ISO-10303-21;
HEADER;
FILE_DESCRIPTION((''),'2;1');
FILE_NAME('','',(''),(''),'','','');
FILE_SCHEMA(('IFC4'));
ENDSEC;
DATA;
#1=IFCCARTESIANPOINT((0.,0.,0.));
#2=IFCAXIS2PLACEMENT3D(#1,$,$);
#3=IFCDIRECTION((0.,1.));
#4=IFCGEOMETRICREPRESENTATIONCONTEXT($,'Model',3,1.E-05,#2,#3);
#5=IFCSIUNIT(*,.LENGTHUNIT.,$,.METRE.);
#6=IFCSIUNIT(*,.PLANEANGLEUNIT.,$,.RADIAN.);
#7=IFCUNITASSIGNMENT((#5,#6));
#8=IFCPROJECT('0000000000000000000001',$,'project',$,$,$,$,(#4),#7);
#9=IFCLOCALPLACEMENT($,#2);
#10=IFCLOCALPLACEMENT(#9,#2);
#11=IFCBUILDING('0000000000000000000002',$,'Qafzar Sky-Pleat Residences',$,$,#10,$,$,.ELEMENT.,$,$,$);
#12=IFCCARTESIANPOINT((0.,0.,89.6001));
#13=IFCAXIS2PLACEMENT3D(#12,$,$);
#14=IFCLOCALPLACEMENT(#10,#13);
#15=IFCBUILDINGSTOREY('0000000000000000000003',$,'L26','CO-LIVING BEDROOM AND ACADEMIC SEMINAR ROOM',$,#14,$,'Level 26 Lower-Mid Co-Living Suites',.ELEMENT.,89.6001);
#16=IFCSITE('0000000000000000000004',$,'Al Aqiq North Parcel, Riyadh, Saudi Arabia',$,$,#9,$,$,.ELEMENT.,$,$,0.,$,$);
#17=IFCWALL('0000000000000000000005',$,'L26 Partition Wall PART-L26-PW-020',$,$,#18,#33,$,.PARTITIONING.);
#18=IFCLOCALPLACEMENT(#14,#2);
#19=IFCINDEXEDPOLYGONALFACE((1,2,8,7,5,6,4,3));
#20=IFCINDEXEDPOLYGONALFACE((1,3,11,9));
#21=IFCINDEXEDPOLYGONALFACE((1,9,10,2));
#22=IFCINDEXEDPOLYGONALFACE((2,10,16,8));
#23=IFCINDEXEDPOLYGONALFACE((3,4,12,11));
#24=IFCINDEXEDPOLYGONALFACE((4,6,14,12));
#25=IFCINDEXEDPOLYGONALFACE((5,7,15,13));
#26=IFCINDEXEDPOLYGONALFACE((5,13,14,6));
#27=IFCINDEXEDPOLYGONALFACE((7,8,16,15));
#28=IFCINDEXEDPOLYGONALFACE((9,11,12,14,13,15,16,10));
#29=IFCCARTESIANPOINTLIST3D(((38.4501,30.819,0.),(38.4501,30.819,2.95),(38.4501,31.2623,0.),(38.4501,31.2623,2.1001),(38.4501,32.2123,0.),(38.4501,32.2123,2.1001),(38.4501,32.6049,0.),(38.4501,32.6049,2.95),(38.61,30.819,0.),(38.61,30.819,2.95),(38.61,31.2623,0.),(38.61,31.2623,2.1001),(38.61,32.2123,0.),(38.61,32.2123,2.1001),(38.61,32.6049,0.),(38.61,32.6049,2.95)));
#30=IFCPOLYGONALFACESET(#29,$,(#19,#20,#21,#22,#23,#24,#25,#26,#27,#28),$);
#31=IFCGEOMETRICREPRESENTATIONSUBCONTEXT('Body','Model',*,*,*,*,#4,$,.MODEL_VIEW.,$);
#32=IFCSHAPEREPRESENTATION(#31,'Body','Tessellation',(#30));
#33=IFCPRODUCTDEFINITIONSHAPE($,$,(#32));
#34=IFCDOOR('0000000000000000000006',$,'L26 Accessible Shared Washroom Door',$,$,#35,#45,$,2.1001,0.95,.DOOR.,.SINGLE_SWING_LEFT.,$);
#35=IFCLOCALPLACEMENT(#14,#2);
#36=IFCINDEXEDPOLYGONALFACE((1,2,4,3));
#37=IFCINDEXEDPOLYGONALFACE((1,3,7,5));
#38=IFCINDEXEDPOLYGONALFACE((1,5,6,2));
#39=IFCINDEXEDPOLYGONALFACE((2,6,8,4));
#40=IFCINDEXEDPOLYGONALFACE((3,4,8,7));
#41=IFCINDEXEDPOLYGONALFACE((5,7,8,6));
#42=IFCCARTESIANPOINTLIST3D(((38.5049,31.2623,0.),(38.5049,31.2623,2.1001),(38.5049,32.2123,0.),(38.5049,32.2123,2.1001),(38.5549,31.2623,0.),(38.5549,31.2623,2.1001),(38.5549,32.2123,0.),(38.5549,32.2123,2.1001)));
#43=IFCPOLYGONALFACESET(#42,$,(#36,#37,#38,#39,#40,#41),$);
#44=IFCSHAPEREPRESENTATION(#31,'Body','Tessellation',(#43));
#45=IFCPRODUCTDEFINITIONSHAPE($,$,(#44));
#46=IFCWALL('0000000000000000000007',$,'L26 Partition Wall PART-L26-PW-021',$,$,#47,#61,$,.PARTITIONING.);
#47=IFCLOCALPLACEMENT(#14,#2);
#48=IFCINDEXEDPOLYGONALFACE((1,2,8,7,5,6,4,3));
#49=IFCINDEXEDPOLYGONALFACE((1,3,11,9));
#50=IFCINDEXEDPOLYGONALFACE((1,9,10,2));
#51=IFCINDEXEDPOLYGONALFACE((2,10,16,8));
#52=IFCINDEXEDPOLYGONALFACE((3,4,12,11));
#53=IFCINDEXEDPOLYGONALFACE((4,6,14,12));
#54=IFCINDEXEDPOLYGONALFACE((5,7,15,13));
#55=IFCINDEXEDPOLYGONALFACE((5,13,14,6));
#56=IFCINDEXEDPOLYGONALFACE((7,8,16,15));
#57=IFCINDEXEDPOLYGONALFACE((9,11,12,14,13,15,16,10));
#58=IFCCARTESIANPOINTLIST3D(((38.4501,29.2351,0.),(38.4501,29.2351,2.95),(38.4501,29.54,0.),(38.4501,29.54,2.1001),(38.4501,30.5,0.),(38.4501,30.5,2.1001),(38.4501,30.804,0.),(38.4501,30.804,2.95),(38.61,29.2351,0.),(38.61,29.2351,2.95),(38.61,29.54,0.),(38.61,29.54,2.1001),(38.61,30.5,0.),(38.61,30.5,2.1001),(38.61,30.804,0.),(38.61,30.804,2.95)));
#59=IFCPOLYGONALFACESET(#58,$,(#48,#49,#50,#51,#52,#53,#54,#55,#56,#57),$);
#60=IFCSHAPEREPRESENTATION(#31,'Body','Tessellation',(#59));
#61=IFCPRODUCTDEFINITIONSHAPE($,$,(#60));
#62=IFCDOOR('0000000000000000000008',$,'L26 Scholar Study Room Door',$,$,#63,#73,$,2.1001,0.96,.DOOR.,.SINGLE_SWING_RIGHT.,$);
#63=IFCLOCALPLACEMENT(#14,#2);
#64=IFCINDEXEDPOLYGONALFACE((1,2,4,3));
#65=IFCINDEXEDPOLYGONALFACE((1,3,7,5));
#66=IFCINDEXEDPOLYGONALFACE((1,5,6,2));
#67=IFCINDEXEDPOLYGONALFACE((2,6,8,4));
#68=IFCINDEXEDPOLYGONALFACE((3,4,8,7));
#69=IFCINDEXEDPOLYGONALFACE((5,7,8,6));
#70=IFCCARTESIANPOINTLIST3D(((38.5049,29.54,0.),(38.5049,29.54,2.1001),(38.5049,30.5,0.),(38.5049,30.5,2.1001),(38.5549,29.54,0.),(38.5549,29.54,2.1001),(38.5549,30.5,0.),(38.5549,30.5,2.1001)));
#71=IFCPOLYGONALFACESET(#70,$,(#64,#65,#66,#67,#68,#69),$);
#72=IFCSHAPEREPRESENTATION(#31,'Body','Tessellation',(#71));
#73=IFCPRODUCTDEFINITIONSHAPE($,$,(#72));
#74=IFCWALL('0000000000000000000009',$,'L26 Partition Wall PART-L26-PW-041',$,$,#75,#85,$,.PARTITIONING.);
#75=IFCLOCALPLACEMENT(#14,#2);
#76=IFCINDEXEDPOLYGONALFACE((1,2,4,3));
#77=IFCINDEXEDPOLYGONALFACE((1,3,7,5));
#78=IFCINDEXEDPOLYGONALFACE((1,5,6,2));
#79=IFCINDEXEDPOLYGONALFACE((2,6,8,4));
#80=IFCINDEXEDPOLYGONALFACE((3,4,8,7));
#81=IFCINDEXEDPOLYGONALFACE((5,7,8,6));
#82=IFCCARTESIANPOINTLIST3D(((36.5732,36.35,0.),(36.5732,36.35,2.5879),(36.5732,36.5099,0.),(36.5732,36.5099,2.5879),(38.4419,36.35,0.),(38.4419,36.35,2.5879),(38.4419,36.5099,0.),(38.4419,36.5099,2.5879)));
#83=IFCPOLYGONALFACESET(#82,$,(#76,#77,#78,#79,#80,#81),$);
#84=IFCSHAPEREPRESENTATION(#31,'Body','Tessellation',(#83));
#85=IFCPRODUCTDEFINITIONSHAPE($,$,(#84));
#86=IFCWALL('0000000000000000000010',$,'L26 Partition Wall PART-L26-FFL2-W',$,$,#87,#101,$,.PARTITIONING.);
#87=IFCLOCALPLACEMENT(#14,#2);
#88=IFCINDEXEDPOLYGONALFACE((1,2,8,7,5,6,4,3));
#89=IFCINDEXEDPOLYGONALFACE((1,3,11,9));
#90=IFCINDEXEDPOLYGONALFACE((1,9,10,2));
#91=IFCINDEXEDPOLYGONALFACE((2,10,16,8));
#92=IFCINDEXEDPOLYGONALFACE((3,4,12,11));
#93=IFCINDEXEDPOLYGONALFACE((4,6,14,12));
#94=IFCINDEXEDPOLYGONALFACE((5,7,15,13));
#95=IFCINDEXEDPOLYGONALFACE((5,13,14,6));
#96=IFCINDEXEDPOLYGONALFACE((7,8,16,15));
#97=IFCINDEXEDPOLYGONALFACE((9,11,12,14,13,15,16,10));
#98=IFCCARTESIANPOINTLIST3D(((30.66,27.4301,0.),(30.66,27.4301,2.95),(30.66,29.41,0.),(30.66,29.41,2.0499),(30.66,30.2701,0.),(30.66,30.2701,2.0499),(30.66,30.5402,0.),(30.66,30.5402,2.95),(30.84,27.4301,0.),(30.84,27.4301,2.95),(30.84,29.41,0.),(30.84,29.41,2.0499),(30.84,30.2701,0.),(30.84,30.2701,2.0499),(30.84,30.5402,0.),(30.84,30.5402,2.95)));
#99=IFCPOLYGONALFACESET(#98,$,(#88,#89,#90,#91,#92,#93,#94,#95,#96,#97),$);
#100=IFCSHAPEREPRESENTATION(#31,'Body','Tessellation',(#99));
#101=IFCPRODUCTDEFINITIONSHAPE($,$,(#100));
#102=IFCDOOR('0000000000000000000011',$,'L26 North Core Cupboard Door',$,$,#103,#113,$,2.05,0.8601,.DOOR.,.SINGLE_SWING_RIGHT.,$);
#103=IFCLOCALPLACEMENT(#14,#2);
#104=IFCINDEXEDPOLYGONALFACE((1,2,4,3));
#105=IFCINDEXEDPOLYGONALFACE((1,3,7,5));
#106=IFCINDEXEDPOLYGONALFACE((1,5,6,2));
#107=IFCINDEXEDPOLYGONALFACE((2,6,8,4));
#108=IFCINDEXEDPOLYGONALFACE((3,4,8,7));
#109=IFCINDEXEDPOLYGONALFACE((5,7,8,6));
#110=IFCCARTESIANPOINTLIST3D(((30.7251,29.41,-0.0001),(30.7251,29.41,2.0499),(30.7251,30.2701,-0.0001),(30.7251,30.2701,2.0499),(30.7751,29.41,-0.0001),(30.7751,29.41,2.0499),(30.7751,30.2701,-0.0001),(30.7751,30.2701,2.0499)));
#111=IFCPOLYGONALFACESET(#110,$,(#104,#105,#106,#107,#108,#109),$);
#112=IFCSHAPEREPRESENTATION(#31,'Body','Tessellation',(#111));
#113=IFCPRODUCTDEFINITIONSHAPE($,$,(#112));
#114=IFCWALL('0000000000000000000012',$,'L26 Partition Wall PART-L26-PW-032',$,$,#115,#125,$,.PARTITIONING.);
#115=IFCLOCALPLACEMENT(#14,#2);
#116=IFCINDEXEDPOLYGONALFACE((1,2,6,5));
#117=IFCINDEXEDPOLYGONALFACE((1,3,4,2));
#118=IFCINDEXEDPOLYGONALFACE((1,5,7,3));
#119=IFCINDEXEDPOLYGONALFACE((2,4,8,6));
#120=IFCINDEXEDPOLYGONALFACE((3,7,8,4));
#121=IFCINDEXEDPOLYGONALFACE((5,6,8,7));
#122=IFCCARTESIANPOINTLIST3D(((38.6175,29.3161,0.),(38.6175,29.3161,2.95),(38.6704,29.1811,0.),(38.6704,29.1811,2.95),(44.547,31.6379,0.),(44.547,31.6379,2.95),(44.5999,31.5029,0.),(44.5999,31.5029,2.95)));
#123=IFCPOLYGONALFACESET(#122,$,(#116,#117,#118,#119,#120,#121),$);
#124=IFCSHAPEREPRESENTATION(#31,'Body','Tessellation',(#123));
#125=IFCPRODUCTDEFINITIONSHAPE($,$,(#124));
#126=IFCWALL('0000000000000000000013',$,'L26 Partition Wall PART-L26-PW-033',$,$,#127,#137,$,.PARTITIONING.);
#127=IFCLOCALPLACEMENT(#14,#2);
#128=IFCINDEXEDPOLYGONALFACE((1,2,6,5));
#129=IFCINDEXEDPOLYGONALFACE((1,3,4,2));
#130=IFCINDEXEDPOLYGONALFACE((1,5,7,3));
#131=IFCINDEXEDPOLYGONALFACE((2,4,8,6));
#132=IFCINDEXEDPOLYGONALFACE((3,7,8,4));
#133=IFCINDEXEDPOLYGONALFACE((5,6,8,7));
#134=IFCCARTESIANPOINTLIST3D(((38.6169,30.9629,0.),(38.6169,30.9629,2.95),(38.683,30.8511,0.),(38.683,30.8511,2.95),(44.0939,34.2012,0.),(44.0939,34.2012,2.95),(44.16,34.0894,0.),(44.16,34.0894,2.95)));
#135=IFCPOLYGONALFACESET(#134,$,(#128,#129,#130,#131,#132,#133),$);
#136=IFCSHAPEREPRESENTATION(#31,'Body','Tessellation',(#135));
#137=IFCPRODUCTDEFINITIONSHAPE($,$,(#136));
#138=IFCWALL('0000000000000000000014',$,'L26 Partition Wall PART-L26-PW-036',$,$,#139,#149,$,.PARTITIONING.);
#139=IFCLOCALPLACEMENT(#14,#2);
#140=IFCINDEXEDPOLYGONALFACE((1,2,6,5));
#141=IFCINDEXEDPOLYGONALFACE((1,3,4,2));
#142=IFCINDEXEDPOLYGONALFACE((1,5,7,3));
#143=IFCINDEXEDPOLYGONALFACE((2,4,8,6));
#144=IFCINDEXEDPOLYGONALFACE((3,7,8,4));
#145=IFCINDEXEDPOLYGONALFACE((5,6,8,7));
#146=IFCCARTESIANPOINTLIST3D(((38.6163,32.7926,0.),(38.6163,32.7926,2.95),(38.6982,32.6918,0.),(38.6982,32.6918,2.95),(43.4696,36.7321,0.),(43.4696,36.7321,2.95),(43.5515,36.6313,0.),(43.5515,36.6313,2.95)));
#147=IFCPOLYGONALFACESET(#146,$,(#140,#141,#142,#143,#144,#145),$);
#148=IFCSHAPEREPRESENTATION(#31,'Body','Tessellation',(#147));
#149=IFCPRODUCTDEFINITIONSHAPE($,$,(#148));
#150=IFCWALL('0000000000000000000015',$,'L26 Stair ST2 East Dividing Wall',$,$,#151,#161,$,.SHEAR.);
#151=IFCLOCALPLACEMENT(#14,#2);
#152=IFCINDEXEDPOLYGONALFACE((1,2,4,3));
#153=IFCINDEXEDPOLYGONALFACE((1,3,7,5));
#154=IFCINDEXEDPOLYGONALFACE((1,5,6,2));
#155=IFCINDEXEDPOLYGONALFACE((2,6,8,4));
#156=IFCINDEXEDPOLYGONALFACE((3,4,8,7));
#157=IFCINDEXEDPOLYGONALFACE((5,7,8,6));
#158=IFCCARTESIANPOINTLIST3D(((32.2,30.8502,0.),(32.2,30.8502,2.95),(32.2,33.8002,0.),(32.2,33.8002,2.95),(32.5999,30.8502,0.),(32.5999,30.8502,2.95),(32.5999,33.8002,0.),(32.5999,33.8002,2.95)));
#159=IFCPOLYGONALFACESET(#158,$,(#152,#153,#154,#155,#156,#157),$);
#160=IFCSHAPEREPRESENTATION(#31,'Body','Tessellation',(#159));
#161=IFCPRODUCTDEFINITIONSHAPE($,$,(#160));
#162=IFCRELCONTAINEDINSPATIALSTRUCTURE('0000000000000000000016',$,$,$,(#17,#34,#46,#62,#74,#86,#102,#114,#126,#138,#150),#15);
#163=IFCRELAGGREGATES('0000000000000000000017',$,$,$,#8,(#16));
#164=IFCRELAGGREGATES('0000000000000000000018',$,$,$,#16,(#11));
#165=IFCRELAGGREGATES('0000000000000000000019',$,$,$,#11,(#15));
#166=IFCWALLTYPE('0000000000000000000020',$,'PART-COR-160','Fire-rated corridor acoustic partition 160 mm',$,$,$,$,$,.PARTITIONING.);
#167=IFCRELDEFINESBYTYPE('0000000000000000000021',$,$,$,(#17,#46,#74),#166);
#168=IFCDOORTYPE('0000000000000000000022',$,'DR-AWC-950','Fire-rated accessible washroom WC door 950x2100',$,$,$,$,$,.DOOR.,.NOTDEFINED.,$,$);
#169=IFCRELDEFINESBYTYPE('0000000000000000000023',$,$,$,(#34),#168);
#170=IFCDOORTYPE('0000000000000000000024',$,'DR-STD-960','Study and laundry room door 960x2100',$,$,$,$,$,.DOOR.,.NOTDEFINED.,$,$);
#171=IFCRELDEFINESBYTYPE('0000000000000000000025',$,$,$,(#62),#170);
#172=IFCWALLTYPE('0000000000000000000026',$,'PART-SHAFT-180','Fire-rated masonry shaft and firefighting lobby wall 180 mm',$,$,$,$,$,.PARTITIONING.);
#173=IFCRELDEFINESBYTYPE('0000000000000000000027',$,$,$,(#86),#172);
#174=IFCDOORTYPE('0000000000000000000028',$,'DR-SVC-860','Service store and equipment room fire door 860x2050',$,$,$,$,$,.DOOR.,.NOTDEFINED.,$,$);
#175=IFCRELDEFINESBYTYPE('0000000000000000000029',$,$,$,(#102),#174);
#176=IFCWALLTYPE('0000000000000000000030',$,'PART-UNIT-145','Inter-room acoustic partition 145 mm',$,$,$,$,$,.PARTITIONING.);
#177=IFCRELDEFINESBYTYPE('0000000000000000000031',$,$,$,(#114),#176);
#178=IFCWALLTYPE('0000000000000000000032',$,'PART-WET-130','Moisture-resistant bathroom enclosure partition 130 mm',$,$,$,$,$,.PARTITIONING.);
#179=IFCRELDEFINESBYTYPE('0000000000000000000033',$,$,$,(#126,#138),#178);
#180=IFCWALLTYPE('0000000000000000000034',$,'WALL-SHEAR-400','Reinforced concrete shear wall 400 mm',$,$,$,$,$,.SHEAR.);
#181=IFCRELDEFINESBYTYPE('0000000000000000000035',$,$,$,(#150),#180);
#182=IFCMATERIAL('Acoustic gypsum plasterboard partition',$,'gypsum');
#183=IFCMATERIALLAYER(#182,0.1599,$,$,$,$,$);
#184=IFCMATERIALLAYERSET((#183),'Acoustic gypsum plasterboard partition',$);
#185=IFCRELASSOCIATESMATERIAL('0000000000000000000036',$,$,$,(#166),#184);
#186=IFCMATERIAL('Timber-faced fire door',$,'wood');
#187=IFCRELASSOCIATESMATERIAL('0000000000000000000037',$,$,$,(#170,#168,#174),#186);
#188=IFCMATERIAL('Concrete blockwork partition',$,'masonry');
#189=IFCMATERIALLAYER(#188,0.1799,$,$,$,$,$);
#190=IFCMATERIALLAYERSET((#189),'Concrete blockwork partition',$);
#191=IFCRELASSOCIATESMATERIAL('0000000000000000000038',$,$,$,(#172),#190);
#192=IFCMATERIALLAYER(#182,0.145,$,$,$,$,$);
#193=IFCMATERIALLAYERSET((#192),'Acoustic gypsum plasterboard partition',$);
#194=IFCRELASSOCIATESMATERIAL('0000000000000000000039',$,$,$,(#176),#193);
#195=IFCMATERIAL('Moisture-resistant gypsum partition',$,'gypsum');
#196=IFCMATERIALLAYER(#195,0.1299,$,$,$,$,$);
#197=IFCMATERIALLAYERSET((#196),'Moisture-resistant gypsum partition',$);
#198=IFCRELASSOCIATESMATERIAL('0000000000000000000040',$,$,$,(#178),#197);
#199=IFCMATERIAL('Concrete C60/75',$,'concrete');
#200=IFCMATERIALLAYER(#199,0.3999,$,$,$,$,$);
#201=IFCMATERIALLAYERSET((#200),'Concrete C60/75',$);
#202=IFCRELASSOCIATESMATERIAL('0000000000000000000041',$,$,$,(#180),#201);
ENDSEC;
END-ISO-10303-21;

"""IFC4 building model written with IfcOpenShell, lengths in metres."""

from ifc_helpers import new_model, si_unit, direction, frame, frame_2d, origin, place, context, subcontext, project, spatial, rectangle, extrude, source, transform, mapped, material, layer, layer_set, type_object, element, fill, save


model = new_model("IFC4")

# Units and contexts
model_context = context("Model", 3, precision=1e-05, world=origin(), true_north=direction((0.0, 1.0)))
body_context = subcontext(model_context, "Body", "Model", "MODEL_VIEW")
ifc_project = project(units=[si_unit("LENGTHUNIT", "METRE"), si_unit("PLANEANGLEUNIT", "RADIAN")], contexts=[model_context])

# Site, building, storey
site_placement = place(None, origin())
site = spatial("IfcSite", under=ifc_project, at=site_placement, Name="Al Aqiq North Parcel, Riyadh, Saudi Arabia", CompositionType="ELEMENT", RefElevation=0.0)
building_placement = place(site_placement, origin())
building = spatial("IfcBuilding", under=site, at=building_placement, Name="Qafzar Sky-Pleat Residences", CompositionType="ELEMENT")
storey_placement = place(building_placement, frame((0.0, 0.0, 89.6001)))
storey = spatial("IfcBuildingStorey", under=building, at=storey_placement, Name="L26", Description="CO-LIVING BEDROOM AND ACADEMIC SEMINAR ROOM", LongName="Level 26 Lower-Mid Co-Living Suites", CompositionType="ELEMENT", Elevation=89.6001)

# Walls, openings, doors
ifc_material_1 = material(Name="Acoustic gypsum plasterboard partition", Category="gypsum")
ifc_layer_1 = layer(ifc_material_1, 0.1599)
ifc_layer_set_1 = layer_set([ifc_layer_1], Name="Acoustic gypsum plasterboard partition")
wall_type_1 = type_object("IfcWallType", Name="PART-COR-160", Description="Fire-rated corridor acoustic partition 160 mm", PredefinedType="PARTITIONING", material=ifc_layer_set_1)
ifc_material_2 = material(Name="Timber-faced fire door", Category="wood")
door_type_1 = type_object("IfcDoorType", Name="DR-STD-960", Description="Study and laundry room door 960x2100", OperationType="NOTDEFINED", PredefinedType="DOOR", material=ifc_material_2)
shared_shape_1 = source(origin(), body_context, "Body", "SweptSolid", [
    extrude(rectangle(XDim=0.96, YDim=2.1001, at=frame_2d((0.48, 1.05))), frame((0.0, 0.0249, 0.0), z_axis=(0.0, -1.0, 0.0), x_axis=(1.0, 0.0, 0.0)), (0.0, 0.0, 1.0), 0.05),
])
wall_1_placement = place(storey_placement, frame((38.53, 32.605, 0.0), z_axis=(0.0, 0.0, 1.0), x_axis=(0.0, -1.0, 0.0)))
wall_1 = element("IfcWall", 1, at=wall_1_placement, inside=storey, type_object=wall_type_1, Name="L26 Partition Wall PART-L26-PW-020", PredefinedType="PARTITIONING", context=body_context, shape_type="SweptSolid", body=[
    extrude(rectangle(XDim=1.7859, YDim=0.1599, at=frame_2d((0.8931, 0.0))), origin(), (0.0, 0.0, 1.0), 2.95),
])
opening_1_placement = place(wall_1_placement, frame((0.3926, 0.0, 0.0)))
opening_1 = element("IfcOpeningElement", 2, at=opening_1_placement, cuts=wall_1, PredefinedType="OPENING", context=body_context, shape_type="SweptSolid", body=[
    extrude(rectangle(XDim=0.95, YDim=2.1001, at=frame_2d((0.4751, 1.05))), frame((0.0, 0.0898, 0.0), z_axis=(0.0, -1.0, 0.0), x_axis=(1.0, 0.0, 0.0)), (0.0, 0.0, 1.0), 0.1799),
])
door_type_2 = type_object("IfcDoorType", Name="DR-AWC-950", Description="Fire-rated accessible washroom WC door 950x2100", OperationType="NOTDEFINED", PredefinedType="DOOR", material=ifc_material_2)
shared_shape_2 = source(origin(), body_context, "Body", "SweptSolid", [
    extrude(rectangle(XDim=0.95, YDim=2.1001, at=frame_2d((0.4751, 1.05))), frame((0.0, 0.0249, 0.0), z_axis=(0.0, -1.0, 0.0), x_axis=(1.0, 0.0, 0.0)), (0.0, 0.0, 1.0), 0.05),
])
door_1_placement = place(opening_1_placement, origin())
door_1 = element("IfcDoor", 3, at=door_1_placement, inside=storey, type_object=door_type_2, Name="L26 Accessible Shared Washroom Door", OperationType="SINGLE_SWING_LEFT", OverallHeight=2.1001, OverallWidth=0.95, PredefinedType="DOOR", context=body_context, shape_type="MappedRepresentation", body=[
    mapped(shared_shape_2, transform((0.0, 0.0, 0.0), x_axis=(1.0, 0.0, 0.0), y_axis=(0.0, 1.0, 0.0), z_axis=(0.0, 0.0, 1.0), scale=1.0)),
])
fill(opening_1, door_1)
wall_2_placement = place(storey_placement, frame((38.53, 30.804, 0.0), z_axis=(0.0, 0.0, 1.0), x_axis=(0.0, -1.0, 0.0)))
wall_2 = element("IfcWall", 4, at=wall_2_placement, inside=storey, type_object=wall_type_1, Name="L26 Partition Wall PART-L26-PW-021", PredefinedType="PARTITIONING", context=body_context, shape_type="SweptSolid", body=[
    extrude(rectangle(XDim=1.5688, YDim=0.1599, at=frame_2d((0.7844, 0.0))), origin(), (0.0, 0.0, 1.0), 2.95),
])
opening_2_placement = place(wall_2_placement, frame((0.304, 0.0, 0.0)))
opening_2 = element("IfcOpeningElement", 5, at=opening_2_placement, cuts=wall_2, PredefinedType="OPENING", context=body_context, shape_type="SweptSolid", body=[
    extrude(rectangle(XDim=0.96, YDim=2.1001, at=frame_2d((0.48, 1.05))), frame((0.0, 0.0898, 0.0), z_axis=(0.0, -1.0, 0.0), x_axis=(1.0, 0.0, 0.0)), (0.0, 0.0, 1.0), 0.1799),
])
door_2_placement = place(opening_2_placement, origin())
door_2 = element("IfcDoor", 6, at=door_2_placement, inside=storey, type_object=door_type_1, Name="L26 Scholar Study Room Door", OperationType="SINGLE_SWING_RIGHT", OverallHeight=2.1001, OverallWidth=0.96, PredefinedType="DOOR", context=body_context, shape_type="MappedRepresentation", body=[
    mapped(shared_shape_1, transform((0.0, 0.0, 0.0), x_axis=(1.0, 0.0, 0.0), y_axis=(0.0, 1.0, 0.0), z_axis=(0.0, 0.0, 1.0), scale=1.0)),
])
fill(opening_2, door_2)

# Wall
wall_3_placement = place(storey_placement, frame((36.5732, 36.4299, 0.0), z_axis=(0.0, 0.0, 1.0), x_axis=(1.0, 0.0, 0.0)))
element("IfcWall", 7, at=wall_3_placement, inside=storey, type_object=wall_type_1, Name="L26 Partition Wall PART-L26-PW-041", PredefinedType="PARTITIONING", context=body_context, shape_type="SweptSolid", body=[
    extrude(rectangle(XDim=1.8687, YDim=0.1599, at=frame_2d((0.9343, 0.0))), origin(), (0.0, 0.0, 1.0), 2.5879),
])

# Wall, opening, door
ifc_material_3 = material(Name="Concrete blockwork partition", Category="masonry")
ifc_layer_2 = layer(ifc_material_3, 0.1799)
ifc_layer_set_2 = layer_set([ifc_layer_2], Name="Concrete blockwork partition")
wall_type_2 = type_object("IfcWallType", Name="PART-SHAFT-180", Description="Fire-rated masonry shaft and firefighting lobby wall 180 mm", PredefinedType="PARTITIONING", material=ifc_layer_set_2)
wall_4_placement = place(storey_placement, frame((30.75, 27.4299, 0.0), z_axis=(0.0, 0.0, 1.0), x_axis=(0.0, 1.0, 0.0)))
wall_4 = element("IfcWall", 8, at=wall_4_placement, inside=storey, type_object=wall_type_2, Name="L26 Partition Wall PART-L26-FFL2-W", PredefinedType="PARTITIONING", context=body_context, shape_type="SweptSolid", body=[
    extrude(rectangle(XDim=3.1101, YDim=0.1799, at=frame_2d((1.5552, 0.0))), origin(), (0.0, 0.0, 1.0), 2.95),
])
opening_3_placement = place(wall_4_placement, frame((1.98, 0.0, 0.0)))
opening_3 = element("IfcOpeningElement", 9, at=opening_3_placement, cuts=wall_4, PredefinedType="OPENING", context=body_context, shape_type="SweptSolid", body=[
    extrude(rectangle(XDim=0.8601, YDim=2.05, at=frame_2d((0.4302, 1.0249))), frame((0.0, 0.1001, 0.0), z_axis=(0.0, -1.0, 0.0), x_axis=(1.0, 0.0, 0.0)), (0.0, 0.0, 1.0), 0.2),
])
door_type_3 = type_object("IfcDoorType", Name="DR-SVC-860", Description="Service store and equipment room fire door 860x2050", OperationType="NOTDEFINED", PredefinedType="DOOR", material=ifc_material_2)
shared_shape_3 = source(origin(), body_context, "Body", "SweptSolid", [
    extrude(rectangle(XDim=0.8601, YDim=2.05, at=frame_2d((0.4302, 1.0249))), frame((0.0, 0.0249, 0.0), z_axis=(0.0, -1.0, 0.0), x_axis=(1.0, 0.0, 0.0)), (0.0, 0.0, 1.0), 0.05),
])
door_3_placement = place(opening_3_placement, origin())
door_3 = element("IfcDoor", 10, at=door_3_placement, inside=storey, type_object=door_type_3, Name="L26 North Core Cupboard Door", OperationType="SINGLE_SWING_RIGHT", OverallHeight=2.05, OverallWidth=0.8601, PredefinedType="DOOR", context=body_context, shape_type="MappedRepresentation", body=[
    mapped(shared_shape_3, transform((0.0, 0.0, 0.0), x_axis=(1.0, 0.0, 0.0), y_axis=(0.0, 1.0, 0.0), z_axis=(0.0, 0.0, 1.0), scale=1.0)),
])
fill(opening_3, door_3)

# Walls
ifc_layer_3 = layer(ifc_material_1, 0.145)
ifc_layer_set_3 = layer_set([ifc_layer_3], Name="Acoustic gypsum plasterboard partition")
wall_type_3 = type_object("IfcWallType", Name="PART-UNIT-145", Description="Inter-room acoustic partition 145 mm", PredefinedType="PARTITIONING", material=ifc_layer_set_3)
wall_5_placement = place(storey_placement, frame((38.6438, 29.2485, 0.0), z_axis=(0.0, 0.0, 1.0), x_axis=(0.93116, 0.364612, 0.0)))
element("IfcWall", 11, at=wall_5_placement, inside=storey, type_object=wall_type_3, Name="L26 Partition Wall PART-L26-PW-032", PredefinedType="PARTITIONING", context=body_context, shape_type="SweptSolid", body=[
    extrude(rectangle(XDim=6.3679, YDim=0.145, at=frame_2d((3.1841, 0.0))), origin(), (0.0, 0.0, 1.0), 2.95),
])
ifc_material_4 = material(Name="Moisture-resistant gypsum partition", Category="gypsum")
ifc_layer_4 = layer(ifc_material_4, 0.1299)
ifc_layer_set_4 = layer_set([ifc_layer_4], Name="Moisture-resistant gypsum partition")
wall_type_4 = type_object("IfcWallType", Name="PART-WET-130", Description="Moisture-resistant bathroom enclosure partition 130 mm", PredefinedType="PARTITIONING", material=ifc_layer_set_4)
wall_6_placement = place(storey_placement, frame((38.6499, 30.907, 0.0), z_axis=(0.0, 0.0, 1.0), x_axis=(0.8608, 0.508944, 0.0)))
element("IfcWall", 12, at=wall_6_placement, inside=storey, type_object=wall_type_4, Name="L26 Partition Wall PART-L26-PW-033", PredefinedType="PARTITIONING", context=body_context, shape_type="SweptSolid", body=[
    extrude(rectangle(XDim=6.3628, YDim=0.1299, at=frame_2d((3.1814, 0.0))), origin(), (0.0, 0.0, 1.0), 2.95),
])
wall_7_placement = place(storey_placement, frame((38.6572, 32.7422, 0.0), z_axis=(0.0, 0.0, 1.0), x_axis=(0.776414, 0.630223, 0.0)))
element("IfcWall", 13, at=wall_7_placement, inside=storey, type_object=wall_type_4, Name="L26 Partition Wall PART-L26-PW-036", PredefinedType="PARTITIONING", context=body_context, shape_type="SweptSolid", body=[
    extrude(rectangle(XDim=6.251, YDim=0.1299, at=frame_2d((3.1255, 0.0))), origin(), (0.0, 0.0, 1.0), 2.95),
])
ifc_material_5 = material(Name="Concrete C60/75", Category="concrete")
ifc_layer_5 = layer(ifc_material_5, 0.3999)
ifc_layer_set_5 = layer_set([ifc_layer_5], Name="Concrete C60/75")
wall_type_5 = type_object("IfcWallType", Name="WALL-SHEAR-400", Description="Reinforced concrete shear wall 400 mm", PredefinedType="SHEAR", material=ifc_layer_set_5)
wall_8_placement = place(storey_placement, frame((32.3999, 30.8501, 0.0), z_axis=(0.0, 0.0, 1.0), x_axis=(0.0, 1.0, 0.0)))
element("IfcWall", 14, at=wall_8_placement, inside=storey, type_object=wall_type_5, Name="L26 Stair ST2 East Dividing Wall", PredefinedType="SHEAR", context=body_context, shape_type="SweptSolid", body=[
    extrude(rectangle(XDim=2.95, YDim=0.3999, at=frame_2d((1.4751, 0.0))), origin(), (0.0, 0.0, 1.0), 2.95),
])

save(model, "model.ifc")
